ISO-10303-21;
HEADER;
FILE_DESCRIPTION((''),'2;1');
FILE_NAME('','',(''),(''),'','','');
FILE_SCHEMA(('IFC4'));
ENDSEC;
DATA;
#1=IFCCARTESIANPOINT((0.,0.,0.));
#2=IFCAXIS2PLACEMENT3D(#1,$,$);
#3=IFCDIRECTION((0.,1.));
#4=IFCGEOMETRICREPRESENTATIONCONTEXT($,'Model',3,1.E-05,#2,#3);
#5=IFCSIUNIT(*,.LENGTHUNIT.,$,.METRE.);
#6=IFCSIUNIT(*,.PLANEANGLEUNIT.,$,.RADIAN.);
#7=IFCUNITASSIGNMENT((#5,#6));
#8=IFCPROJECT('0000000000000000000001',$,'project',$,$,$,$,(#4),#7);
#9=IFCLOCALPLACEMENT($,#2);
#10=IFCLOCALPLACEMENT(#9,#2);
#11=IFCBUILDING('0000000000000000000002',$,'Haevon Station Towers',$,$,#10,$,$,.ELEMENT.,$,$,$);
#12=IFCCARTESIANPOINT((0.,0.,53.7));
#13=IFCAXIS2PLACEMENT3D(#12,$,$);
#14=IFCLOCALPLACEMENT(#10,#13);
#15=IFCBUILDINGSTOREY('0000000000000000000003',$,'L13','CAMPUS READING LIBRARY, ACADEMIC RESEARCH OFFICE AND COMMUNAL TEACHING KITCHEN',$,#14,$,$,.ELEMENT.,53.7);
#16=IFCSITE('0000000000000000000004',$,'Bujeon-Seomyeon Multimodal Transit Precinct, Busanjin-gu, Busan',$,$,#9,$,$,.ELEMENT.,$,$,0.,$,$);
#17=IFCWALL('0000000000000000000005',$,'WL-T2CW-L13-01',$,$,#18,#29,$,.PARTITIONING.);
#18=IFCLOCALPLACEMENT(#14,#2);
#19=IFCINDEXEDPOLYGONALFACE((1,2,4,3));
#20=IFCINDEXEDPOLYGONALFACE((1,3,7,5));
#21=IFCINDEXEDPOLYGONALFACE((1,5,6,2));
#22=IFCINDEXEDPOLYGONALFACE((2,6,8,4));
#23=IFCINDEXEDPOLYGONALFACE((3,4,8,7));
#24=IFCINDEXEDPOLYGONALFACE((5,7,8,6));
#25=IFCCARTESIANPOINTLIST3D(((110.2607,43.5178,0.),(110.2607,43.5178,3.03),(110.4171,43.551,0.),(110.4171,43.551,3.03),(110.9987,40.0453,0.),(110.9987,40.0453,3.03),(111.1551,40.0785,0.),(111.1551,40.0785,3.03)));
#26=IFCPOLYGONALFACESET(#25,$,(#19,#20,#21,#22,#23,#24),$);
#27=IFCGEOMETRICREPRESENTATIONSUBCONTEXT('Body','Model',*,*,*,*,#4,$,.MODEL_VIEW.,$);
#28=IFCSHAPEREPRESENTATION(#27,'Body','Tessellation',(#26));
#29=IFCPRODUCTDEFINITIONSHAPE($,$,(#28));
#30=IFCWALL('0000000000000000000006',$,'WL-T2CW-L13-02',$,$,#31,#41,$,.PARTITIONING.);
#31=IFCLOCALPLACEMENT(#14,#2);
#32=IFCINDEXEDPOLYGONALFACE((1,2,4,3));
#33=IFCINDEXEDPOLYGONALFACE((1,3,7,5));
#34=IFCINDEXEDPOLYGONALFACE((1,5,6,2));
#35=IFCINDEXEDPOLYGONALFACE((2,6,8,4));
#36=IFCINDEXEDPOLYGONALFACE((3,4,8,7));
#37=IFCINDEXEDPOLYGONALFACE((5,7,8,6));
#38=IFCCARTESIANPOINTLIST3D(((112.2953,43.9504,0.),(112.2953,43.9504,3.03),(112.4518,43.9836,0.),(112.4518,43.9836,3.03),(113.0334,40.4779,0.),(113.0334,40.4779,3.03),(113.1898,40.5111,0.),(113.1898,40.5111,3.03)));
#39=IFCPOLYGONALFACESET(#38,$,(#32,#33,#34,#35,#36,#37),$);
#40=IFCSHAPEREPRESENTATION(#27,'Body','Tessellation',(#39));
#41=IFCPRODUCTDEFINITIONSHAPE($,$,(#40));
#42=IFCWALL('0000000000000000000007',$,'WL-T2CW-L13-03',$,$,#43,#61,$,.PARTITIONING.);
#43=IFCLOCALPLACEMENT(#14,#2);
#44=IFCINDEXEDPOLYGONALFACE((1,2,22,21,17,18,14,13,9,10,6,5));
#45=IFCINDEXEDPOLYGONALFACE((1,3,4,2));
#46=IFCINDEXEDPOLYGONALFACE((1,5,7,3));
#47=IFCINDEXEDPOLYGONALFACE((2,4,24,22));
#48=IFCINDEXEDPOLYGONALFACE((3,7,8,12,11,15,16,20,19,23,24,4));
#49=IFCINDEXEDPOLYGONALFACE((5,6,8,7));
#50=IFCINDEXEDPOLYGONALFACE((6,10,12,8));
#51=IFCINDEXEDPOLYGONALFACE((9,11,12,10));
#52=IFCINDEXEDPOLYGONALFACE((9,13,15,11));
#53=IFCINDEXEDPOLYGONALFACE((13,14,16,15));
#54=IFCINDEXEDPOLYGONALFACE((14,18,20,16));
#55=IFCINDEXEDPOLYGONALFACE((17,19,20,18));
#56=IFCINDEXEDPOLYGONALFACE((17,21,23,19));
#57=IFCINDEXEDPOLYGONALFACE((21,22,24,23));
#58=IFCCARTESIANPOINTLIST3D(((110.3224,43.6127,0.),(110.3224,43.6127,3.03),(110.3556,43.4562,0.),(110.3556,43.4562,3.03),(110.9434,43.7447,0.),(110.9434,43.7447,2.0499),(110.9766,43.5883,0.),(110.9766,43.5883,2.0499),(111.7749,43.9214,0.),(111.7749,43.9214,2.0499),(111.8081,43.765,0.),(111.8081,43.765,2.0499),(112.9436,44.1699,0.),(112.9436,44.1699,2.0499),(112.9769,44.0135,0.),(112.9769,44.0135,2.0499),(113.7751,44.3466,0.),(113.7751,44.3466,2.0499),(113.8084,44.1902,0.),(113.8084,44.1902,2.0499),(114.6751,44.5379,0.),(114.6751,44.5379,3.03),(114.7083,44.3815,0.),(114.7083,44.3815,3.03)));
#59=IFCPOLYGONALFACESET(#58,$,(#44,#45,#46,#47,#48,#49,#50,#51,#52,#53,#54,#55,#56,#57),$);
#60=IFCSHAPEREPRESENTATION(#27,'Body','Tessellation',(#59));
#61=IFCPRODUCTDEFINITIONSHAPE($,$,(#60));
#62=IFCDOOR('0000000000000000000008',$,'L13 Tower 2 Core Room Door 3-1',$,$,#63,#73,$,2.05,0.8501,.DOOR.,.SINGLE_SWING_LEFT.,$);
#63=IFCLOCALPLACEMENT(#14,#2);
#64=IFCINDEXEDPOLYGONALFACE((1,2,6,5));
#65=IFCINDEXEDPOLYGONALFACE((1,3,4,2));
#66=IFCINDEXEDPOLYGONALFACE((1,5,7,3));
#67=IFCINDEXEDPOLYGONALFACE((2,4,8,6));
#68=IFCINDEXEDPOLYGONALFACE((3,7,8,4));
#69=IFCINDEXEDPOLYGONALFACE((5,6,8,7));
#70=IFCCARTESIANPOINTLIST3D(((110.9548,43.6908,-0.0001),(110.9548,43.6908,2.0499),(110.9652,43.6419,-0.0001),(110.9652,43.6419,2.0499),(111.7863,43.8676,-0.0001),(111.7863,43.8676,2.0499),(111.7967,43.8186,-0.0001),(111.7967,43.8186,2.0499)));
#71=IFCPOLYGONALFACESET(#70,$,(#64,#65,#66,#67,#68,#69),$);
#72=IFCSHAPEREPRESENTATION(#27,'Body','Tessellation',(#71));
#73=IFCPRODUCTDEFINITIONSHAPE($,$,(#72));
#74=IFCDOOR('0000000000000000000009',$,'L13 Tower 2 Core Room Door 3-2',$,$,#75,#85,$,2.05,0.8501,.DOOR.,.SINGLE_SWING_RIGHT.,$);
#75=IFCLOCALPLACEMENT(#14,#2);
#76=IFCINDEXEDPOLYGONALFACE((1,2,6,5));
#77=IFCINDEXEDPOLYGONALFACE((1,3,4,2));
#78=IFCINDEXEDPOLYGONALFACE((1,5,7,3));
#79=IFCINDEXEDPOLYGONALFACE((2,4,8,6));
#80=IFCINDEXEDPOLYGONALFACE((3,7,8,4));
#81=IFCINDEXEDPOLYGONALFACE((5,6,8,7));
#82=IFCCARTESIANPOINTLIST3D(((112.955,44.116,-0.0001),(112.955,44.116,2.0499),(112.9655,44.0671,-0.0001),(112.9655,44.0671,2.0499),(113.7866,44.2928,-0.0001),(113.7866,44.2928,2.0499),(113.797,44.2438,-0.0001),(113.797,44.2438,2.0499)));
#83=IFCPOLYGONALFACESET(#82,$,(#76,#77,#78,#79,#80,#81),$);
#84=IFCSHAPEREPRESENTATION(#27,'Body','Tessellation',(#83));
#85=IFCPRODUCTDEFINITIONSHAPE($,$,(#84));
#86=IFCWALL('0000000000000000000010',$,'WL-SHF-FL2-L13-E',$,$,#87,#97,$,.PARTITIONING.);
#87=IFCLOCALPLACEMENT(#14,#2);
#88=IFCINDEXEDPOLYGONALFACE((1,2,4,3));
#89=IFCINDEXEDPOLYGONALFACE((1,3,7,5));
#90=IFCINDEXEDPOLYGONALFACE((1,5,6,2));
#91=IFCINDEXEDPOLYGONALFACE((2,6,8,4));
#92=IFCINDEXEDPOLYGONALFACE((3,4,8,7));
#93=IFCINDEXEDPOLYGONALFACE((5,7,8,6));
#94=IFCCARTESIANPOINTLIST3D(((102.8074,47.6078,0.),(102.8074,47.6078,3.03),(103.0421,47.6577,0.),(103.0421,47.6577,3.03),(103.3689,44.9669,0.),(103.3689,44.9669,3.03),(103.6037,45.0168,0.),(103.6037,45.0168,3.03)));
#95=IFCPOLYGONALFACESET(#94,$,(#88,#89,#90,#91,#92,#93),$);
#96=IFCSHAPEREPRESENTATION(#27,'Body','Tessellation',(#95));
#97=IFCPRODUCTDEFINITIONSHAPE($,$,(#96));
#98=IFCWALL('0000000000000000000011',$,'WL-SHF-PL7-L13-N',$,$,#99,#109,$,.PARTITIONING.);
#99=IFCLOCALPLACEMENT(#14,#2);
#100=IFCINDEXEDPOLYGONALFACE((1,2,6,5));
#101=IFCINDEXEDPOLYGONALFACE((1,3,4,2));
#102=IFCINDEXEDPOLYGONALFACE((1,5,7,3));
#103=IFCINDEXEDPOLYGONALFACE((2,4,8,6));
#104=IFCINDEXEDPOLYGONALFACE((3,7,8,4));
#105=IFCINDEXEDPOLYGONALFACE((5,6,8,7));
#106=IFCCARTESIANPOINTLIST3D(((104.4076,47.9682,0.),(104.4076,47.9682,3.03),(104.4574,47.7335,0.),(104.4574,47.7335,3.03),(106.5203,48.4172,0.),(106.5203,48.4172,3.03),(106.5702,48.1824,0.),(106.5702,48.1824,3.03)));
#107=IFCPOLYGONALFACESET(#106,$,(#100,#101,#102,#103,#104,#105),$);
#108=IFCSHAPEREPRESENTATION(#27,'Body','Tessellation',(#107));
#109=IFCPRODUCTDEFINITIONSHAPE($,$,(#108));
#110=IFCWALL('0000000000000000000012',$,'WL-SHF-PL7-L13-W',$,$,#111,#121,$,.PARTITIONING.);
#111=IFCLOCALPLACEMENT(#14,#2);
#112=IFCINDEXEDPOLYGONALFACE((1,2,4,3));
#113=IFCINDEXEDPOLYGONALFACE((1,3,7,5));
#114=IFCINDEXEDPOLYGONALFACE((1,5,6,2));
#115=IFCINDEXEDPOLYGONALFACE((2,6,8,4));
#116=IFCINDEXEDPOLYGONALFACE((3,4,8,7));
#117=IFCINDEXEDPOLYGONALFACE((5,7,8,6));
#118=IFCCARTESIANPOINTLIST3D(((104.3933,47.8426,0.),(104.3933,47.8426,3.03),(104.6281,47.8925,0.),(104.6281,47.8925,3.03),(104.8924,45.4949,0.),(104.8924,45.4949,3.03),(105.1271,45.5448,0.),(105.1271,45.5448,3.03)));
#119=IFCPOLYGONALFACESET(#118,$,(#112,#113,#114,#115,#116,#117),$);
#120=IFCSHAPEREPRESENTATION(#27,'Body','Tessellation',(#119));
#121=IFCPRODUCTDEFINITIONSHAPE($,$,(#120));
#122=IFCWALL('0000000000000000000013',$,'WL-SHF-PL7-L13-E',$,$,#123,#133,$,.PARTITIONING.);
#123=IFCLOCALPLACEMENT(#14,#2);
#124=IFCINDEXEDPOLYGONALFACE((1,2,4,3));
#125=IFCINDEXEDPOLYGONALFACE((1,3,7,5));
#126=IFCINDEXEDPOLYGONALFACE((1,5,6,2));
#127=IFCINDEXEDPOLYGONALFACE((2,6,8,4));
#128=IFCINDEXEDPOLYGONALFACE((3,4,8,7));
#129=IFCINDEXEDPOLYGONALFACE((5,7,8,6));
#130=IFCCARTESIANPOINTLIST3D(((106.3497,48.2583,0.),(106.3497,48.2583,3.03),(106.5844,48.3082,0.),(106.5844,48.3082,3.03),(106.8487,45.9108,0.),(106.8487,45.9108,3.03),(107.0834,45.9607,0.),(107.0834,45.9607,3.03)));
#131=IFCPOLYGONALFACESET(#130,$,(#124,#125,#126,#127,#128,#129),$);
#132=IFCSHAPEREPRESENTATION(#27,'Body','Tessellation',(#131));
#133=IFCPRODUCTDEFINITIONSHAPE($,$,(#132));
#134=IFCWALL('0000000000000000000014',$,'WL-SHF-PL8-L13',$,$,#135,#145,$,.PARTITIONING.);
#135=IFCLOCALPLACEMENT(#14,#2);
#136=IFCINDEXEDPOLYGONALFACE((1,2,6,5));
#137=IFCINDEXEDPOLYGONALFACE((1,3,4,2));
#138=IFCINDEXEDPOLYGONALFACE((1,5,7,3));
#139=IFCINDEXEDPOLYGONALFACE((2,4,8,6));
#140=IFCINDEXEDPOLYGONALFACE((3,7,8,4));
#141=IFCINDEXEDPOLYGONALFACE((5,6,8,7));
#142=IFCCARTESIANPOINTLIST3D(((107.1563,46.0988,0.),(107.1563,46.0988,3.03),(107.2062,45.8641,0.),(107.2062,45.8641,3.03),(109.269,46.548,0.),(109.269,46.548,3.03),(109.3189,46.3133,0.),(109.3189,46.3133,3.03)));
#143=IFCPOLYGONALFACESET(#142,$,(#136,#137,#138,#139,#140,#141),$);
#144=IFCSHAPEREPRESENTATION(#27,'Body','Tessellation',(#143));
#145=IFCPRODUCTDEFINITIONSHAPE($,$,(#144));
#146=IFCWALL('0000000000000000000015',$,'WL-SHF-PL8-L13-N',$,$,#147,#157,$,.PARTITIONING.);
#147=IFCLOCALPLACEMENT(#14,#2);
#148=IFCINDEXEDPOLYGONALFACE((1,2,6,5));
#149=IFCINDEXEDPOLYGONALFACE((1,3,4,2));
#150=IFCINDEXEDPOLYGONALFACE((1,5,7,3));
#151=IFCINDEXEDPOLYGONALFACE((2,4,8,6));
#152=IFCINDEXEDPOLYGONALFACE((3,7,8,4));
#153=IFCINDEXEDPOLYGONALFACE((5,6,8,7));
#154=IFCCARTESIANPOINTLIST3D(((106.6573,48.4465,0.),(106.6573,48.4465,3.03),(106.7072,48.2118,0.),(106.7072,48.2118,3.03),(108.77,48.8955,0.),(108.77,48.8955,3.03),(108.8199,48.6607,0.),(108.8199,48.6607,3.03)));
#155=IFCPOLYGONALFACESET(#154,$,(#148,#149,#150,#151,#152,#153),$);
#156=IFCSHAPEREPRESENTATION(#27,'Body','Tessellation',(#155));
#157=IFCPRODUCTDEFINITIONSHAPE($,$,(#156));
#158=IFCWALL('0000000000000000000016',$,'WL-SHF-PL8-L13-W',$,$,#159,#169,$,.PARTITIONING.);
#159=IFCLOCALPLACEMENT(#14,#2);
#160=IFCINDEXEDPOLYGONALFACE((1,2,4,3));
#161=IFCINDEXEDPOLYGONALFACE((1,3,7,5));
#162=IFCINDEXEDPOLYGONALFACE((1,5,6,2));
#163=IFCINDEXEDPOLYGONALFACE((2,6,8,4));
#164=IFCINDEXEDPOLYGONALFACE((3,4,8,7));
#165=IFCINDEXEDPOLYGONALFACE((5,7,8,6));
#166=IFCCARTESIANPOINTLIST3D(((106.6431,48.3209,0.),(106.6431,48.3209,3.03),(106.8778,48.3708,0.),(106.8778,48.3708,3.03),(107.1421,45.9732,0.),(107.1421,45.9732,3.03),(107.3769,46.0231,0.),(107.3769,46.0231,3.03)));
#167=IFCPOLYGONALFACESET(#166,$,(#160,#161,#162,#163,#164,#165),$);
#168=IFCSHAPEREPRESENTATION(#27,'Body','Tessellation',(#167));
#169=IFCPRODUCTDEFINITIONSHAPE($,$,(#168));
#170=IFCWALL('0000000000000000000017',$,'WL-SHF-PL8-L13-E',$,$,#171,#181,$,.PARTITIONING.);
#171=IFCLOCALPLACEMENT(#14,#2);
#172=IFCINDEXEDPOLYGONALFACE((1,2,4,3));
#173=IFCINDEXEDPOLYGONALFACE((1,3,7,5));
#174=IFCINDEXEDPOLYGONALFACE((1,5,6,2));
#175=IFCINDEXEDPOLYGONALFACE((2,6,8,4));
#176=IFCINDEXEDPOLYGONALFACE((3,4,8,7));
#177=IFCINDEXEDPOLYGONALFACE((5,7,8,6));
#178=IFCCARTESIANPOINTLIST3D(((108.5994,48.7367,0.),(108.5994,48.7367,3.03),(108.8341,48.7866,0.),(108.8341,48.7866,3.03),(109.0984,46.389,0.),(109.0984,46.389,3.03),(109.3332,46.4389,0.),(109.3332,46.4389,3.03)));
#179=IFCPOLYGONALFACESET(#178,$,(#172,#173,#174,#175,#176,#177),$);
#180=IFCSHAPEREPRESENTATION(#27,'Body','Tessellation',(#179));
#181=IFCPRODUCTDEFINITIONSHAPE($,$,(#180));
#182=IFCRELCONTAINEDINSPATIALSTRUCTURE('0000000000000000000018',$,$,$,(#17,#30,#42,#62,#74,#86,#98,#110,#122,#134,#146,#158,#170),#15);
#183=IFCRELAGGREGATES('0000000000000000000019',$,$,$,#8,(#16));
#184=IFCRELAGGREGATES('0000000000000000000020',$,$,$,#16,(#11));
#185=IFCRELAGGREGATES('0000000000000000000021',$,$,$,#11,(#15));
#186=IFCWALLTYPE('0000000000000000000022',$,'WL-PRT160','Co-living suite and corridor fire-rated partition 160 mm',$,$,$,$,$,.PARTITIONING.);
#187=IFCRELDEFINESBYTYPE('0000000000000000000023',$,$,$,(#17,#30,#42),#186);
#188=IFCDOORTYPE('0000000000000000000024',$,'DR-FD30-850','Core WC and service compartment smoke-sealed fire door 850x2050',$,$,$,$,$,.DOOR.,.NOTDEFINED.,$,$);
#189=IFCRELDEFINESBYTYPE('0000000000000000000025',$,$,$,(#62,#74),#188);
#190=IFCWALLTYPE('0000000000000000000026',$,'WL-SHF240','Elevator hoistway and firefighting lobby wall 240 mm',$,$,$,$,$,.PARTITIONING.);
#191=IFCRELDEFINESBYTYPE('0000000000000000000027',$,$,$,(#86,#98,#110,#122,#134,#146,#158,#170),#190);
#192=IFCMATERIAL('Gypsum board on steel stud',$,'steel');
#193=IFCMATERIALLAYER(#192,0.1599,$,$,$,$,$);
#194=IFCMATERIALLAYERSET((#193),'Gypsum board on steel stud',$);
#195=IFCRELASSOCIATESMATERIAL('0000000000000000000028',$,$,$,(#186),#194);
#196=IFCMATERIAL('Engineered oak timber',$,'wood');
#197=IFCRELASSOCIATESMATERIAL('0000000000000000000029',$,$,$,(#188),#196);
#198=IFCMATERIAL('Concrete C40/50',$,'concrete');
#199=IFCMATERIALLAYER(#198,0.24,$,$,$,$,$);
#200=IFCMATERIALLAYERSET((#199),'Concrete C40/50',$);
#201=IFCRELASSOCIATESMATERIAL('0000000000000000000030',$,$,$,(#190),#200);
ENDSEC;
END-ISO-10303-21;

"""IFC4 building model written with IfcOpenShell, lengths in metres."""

from ifc_helpers import new_model, si_unit, direction, frame, frame_2d, origin, place, context, subcontext, project, spatial, rectangle, extrude, material, layer, layer_set, type_object, element, fill, save


model = new_model("IFC4")

# Units and contexts
model_context = context("Model", 3, precision=1e-05, world=origin(), true_north=direction((0.0, 1.0)))
body_context = subcontext(model_context, "Body", "Model", "MODEL_VIEW")
ifc_project = project(units=[si_unit("LENGTHUNIT", "METRE"), si_unit("PLANEANGLEUNIT", "RADIAN")], contexts=[model_context])

# Site, building, storey
site_placement = place(None, origin())
site = spatial("IfcSite", under=ifc_project, at=site_placement, Name="Bujeon-Seomyeon Multimodal Transit Precinct, Busanjin-gu, Busan", CompositionType="ELEMENT", RefElevation=0.0)
building_placement = place(site_placement, origin())
building = spatial("IfcBuilding", under=site, at=building_placement, Name="Haevon Station Towers", CompositionType="ELEMENT")
storey_placement = place(building_placement, frame((0.0, 0.0, 53.7)))
storey = spatial("IfcBuildingStorey", under=building, at=storey_placement, Name="L13", Description="CAMPUS READING LIBRARY, ACADEMIC RESEARCH OFFICE AND COMMUNAL TEACHING KITCHEN", CompositionType="ELEMENT", Elevation=53.7)

# Shared definitions
ifc_material_1 = material(Name="Gypsum board on steel stud", Category="steel")
ifc_material_2 = material(Name="Engineered oak timber", Category="wood")

# Walls
ifc_layer_1 = layer(ifc_material_1, 0.1599)
ifc_layer_set_1 = layer_set([ifc_layer_1], Name="Gypsum board on steel stud")
wall_type_1 = type_object("IfcWallType", Name="WL-PRT160", Description="Co-living suite and corridor fire-rated partition 160 mm", PredefinedType="PARTITIONING", material=ifc_layer_set_1)
for number, where, z_axis, x_axis, name in (
    (1, (111.0769, 40.062, 0.0), (0.0, 0.0, 1.0), (-0.207899, 0.97815, 0.0), "WL-T2CW-L13-01"),
    (2, (113.1116, 40.4946, 0.0), (0.0, 0.0, 1.0), (-0.207899, 0.97815, 0.0), "WL-T2CW-L13-02"),
):
    element("IfcWall", number, at=place(storey_placement, frame(where, z_axis=z_axis, x_axis=x_axis)), inside=storey, type_object=wall_type_1, Name=name, PredefinedType="PARTITIONING", context=body_context, shape_type="SweptSolid", body=[
        extrude(rectangle(XDim=3.55, YDim=0.1599, at=frame_2d((1.7749, 0.0))), origin(), (0.0, 0.0, 1.0), 3.03),
    ])

# Wall, openings, doors
wall_1_placement = place(storey_placement, frame((110.3389, 43.5344, 0.0), z_axis=(0.0, 0.0, 1.0), x_axis=(0.978144, 0.207929, 0.0)))
wall_1 = element("IfcWall", 3, at=wall_1_placement, inside=storey, type_object=wall_type_1, Name="WL-T2CW-L13-03", PredefinedType="PARTITIONING", context=body_context, shape_type="SweptSolid", body=[
    extrude(rectangle(XDim=4.45, YDim=0.1599, at=frame_2d((2.2251, 0.0))), origin(), (0.0, 0.0, 1.0), 3.03),
])
opening_1_placement = place(wall_1_placement, frame((0.635, 0.0, 0.0)))
opening_1 = element("IfcOpeningElement", 4, at=opening_1_placement, cuts=wall_1, PredefinedType="OPENING", context=body_context, shape_type="SweptSolid", body=[
    extrude(rectangle(XDim=0.8501, YDim=2.05, at=frame_2d((0.425, 1.0249))), frame((0.0, 0.0898, 0.0), z_axis=(0.0, -1.0, 0.0), x_axis=(1.0, 0.0, 0.0)), (0.0, 0.0, 1.0), 0.1799),
])
opening_2_placement = place(wall_1_placement, frame((2.6799, 0.0, 0.0)))
opening_2 = element("IfcOpeningElement", 5, at=opening_2_placement, cuts=wall_1, PredefinedType="OPENING", context=body_context, shape_type="SweptSolid", body=[
    extrude(rectangle(XDim=0.8501, YDim=2.05, at=frame_2d((0.425, 1.0249))), frame((0.0, 0.0898, 0.0), z_axis=(0.0, -1.0, 0.0), x_axis=(1.0, 0.0, 0.0)), (0.0, 0.0, 1.0), 0.1799),
])
door_type_1 = type_object("IfcDoorType", Name="DR-FD30-850", Description="Core WC and service compartment smoke-sealed fire door 850x2050", OperationType="NOTDEFINED", PredefinedType="DOOR", material=ifc_material_2)
door_1_placement = place(opening_1_placement, origin())
door_1 = element("IfcDoor", 6, at=door_1_placement, inside=storey, type_object=door_type_1, Name="L13 Tower 2 Core Room Door 3-1", OperationType="SINGLE_SWING_LEFT", OverallHeight=2.05, OverallWidth=0.8501, PredefinedType="DOOR", context=body_context, shape_type="SweptSolid", body=[
    extrude(rectangle(XDim=0.8501, YDim=2.05, at=frame_2d((0.425, 1.0249))), frame((0.0, 0.0249, 0.0), z_axis=(0.0, -1.0, 0.0), x_axis=(1.0, 0.0, 0.0)), (0.0, 0.0, 1.0), 0.05),
])
fill(opening_1, door_1)
door_2_placement = place(opening_2_placement, origin())
door_2 = element("IfcDoor", 7, at=door_2_placement, inside=storey, type_object=door_type_1, Name="L13 Tower 2 Core Room Door 3-2", OperationType="SINGLE_SWING_RIGHT", OverallHeight=2.05, OverallWidth=0.8501, PredefinedType="DOOR", context=body_context, shape_type="SweptSolid", body=[
    extrude(rectangle(XDim=0.8501, YDim=2.05, at=frame_2d((0.425, 1.0249))), frame((0.0, 0.0249, 0.0), z_axis=(0.0, -1.0, 0.0), x_axis=(1.0, 0.0, 0.0)), (0.0, 0.0, 1.0), 0.05),
])
fill(opening_2, door_2)

# Wall
ifc_material_3 = material(Name="Concrete C40/50", Category="concrete")
ifc_layer_2 = layer(ifc_material_3, 0.24)
ifc_layer_set_2 = layer_set([ifc_layer_2], Name="Concrete C40/50")
wall_type_2 = type_object("IfcWallType", Name="WL-SHF240", Description="Elevator hoistway and firefighting lobby wall 240 mm", PredefinedType="PARTITIONING", material=ifc_layer_set_2)
wall_2_placement = place(storey_placement, frame((103.4863, 44.9917, 0.0), z_axis=(0.0, 0.0, 1.0), x_axis=(-0.207979, 0.978133, 0.0)))
element("IfcWall", 8, at=wall_2_placement, inside=storey, type_object=wall_type_2, Name="WL-SHF-FL2-L13-E", PredefinedType="PARTITIONING", context=body_context, shape_type="SweptSolid", body=[
    extrude(rectangle(XDim=2.7, YDim=0.24, at=frame_2d((1.3501, 0.0))), origin(), (0.0, 0.0, 1.0), 3.03),
])

# Walls
wall_3_placement = place(storey_placement, frame((104.4324, 47.8508, 0.0), z_axis=(0.0, 0.0, 1.0), x_axis=(0.978158, 0.207861, 0.0)))
element("IfcWall", 9, at=wall_3_placement, inside=storey, type_object=wall_type_2, Name="WL-SHF-PL7-L13-N", PredefinedType="PARTITIONING", context=body_context, shape_type="SweptSolid", body=[
    extrude(rectangle(XDim=2.1599, YDim=0.24, at=frame_2d((1.0801, 0.0))), origin(), (0.0, 0.0, 1.0), 3.03),
])
wall_4_placement = place(storey_placement, frame((105.0098, 45.5198, 0.0), z_axis=(0.0, 0.0, 1.0), x_axis=(-0.207917, 0.978146, 0.0)))
element("IfcWall", 10, at=wall_4_placement, inside=storey, type_object=wall_type_2, Name="WL-SHF-PL7-L13-W", PredefinedType="PARTITIONING", context=body_context, shape_type="SweptSolid", body=[
    extrude(rectangle(XDim=2.4001, YDim=0.24, at=frame_2d((1.2002, 0.0))), origin(), (0.0, 0.0, 1.0), 3.03),
])
wall_5_placement = place(storey_placement, frame((106.9661, 45.9358, 0.0), z_axis=(0.0, 0.0, 1.0), x_axis=(-0.207938, 0.978142, 0.0)))
element("IfcWall", 11, at=wall_5_placement, inside=storey, type_object=wall_type_2, Name="WL-SHF-PL7-L13-E", PredefinedType="PARTITIONING", context=body_context, shape_type="SweptSolid", body=[
    extrude(rectangle(XDim=2.3999, YDim=0.24, at=frame_2d((1.2, 0.0))), origin(), (0.0, 0.0, 1.0), 3.03),
])
for number, where, z_axis, x_axis, name in (
    (12, (107.1812, 45.9814, 0.0), (0.0, 0.0, 1.0), (0.978135, 0.20797, 0.0), "WL-SHF-PL8-L13"),
    (13, (106.6821, 48.3291, 0.0), (0.0, 0.0, 1.0), (0.978158, 0.207861, 0.0), "WL-SHF-PL8-L13-N"),
):
    element("IfcWall", number, at=place(storey_placement, frame(where, z_axis=z_axis, x_axis=x_axis)), inside=storey, type_object=wall_type_2, Name=name, PredefinedType="PARTITIONING", context=body_context, shape_type="SweptSolid", body=[
        extrude(rectangle(XDim=2.1599, YDim=0.24, at=frame_2d((1.0801, 0.0))), origin(), (0.0, 0.0, 1.0), 3.03),
    ])
for number, where, z_axis, x_axis, name in (
    (14, (107.2595, 45.998, 0.0), (0.0, 0.0, 1.0), (-0.207917, 0.978146, 0.0), "WL-SHF-PL8-L13-W"),
    (15, (109.2158, 46.4138, 0.0), (0.0, 0.0, 1.0), (-0.207917, 0.978146, 0.0), "WL-SHF-PL8-L13-E"),
):
    element("IfcWall", number, at=place(storey_placement, frame(where, z_axis=z_axis, x_axis=x_axis)), inside=storey, type_object=wall_type_2, Name=name, PredefinedType="PARTITIONING", context=body_context, shape_type="SweptSolid", body=[
        extrude(rectangle(XDim=2.4001, YDim=0.24, at=frame_2d((1.2002, 0.0))), origin(), (0.0, 0.0, 1.0), 3.03),
    ])

save(model, "model.ifc")
